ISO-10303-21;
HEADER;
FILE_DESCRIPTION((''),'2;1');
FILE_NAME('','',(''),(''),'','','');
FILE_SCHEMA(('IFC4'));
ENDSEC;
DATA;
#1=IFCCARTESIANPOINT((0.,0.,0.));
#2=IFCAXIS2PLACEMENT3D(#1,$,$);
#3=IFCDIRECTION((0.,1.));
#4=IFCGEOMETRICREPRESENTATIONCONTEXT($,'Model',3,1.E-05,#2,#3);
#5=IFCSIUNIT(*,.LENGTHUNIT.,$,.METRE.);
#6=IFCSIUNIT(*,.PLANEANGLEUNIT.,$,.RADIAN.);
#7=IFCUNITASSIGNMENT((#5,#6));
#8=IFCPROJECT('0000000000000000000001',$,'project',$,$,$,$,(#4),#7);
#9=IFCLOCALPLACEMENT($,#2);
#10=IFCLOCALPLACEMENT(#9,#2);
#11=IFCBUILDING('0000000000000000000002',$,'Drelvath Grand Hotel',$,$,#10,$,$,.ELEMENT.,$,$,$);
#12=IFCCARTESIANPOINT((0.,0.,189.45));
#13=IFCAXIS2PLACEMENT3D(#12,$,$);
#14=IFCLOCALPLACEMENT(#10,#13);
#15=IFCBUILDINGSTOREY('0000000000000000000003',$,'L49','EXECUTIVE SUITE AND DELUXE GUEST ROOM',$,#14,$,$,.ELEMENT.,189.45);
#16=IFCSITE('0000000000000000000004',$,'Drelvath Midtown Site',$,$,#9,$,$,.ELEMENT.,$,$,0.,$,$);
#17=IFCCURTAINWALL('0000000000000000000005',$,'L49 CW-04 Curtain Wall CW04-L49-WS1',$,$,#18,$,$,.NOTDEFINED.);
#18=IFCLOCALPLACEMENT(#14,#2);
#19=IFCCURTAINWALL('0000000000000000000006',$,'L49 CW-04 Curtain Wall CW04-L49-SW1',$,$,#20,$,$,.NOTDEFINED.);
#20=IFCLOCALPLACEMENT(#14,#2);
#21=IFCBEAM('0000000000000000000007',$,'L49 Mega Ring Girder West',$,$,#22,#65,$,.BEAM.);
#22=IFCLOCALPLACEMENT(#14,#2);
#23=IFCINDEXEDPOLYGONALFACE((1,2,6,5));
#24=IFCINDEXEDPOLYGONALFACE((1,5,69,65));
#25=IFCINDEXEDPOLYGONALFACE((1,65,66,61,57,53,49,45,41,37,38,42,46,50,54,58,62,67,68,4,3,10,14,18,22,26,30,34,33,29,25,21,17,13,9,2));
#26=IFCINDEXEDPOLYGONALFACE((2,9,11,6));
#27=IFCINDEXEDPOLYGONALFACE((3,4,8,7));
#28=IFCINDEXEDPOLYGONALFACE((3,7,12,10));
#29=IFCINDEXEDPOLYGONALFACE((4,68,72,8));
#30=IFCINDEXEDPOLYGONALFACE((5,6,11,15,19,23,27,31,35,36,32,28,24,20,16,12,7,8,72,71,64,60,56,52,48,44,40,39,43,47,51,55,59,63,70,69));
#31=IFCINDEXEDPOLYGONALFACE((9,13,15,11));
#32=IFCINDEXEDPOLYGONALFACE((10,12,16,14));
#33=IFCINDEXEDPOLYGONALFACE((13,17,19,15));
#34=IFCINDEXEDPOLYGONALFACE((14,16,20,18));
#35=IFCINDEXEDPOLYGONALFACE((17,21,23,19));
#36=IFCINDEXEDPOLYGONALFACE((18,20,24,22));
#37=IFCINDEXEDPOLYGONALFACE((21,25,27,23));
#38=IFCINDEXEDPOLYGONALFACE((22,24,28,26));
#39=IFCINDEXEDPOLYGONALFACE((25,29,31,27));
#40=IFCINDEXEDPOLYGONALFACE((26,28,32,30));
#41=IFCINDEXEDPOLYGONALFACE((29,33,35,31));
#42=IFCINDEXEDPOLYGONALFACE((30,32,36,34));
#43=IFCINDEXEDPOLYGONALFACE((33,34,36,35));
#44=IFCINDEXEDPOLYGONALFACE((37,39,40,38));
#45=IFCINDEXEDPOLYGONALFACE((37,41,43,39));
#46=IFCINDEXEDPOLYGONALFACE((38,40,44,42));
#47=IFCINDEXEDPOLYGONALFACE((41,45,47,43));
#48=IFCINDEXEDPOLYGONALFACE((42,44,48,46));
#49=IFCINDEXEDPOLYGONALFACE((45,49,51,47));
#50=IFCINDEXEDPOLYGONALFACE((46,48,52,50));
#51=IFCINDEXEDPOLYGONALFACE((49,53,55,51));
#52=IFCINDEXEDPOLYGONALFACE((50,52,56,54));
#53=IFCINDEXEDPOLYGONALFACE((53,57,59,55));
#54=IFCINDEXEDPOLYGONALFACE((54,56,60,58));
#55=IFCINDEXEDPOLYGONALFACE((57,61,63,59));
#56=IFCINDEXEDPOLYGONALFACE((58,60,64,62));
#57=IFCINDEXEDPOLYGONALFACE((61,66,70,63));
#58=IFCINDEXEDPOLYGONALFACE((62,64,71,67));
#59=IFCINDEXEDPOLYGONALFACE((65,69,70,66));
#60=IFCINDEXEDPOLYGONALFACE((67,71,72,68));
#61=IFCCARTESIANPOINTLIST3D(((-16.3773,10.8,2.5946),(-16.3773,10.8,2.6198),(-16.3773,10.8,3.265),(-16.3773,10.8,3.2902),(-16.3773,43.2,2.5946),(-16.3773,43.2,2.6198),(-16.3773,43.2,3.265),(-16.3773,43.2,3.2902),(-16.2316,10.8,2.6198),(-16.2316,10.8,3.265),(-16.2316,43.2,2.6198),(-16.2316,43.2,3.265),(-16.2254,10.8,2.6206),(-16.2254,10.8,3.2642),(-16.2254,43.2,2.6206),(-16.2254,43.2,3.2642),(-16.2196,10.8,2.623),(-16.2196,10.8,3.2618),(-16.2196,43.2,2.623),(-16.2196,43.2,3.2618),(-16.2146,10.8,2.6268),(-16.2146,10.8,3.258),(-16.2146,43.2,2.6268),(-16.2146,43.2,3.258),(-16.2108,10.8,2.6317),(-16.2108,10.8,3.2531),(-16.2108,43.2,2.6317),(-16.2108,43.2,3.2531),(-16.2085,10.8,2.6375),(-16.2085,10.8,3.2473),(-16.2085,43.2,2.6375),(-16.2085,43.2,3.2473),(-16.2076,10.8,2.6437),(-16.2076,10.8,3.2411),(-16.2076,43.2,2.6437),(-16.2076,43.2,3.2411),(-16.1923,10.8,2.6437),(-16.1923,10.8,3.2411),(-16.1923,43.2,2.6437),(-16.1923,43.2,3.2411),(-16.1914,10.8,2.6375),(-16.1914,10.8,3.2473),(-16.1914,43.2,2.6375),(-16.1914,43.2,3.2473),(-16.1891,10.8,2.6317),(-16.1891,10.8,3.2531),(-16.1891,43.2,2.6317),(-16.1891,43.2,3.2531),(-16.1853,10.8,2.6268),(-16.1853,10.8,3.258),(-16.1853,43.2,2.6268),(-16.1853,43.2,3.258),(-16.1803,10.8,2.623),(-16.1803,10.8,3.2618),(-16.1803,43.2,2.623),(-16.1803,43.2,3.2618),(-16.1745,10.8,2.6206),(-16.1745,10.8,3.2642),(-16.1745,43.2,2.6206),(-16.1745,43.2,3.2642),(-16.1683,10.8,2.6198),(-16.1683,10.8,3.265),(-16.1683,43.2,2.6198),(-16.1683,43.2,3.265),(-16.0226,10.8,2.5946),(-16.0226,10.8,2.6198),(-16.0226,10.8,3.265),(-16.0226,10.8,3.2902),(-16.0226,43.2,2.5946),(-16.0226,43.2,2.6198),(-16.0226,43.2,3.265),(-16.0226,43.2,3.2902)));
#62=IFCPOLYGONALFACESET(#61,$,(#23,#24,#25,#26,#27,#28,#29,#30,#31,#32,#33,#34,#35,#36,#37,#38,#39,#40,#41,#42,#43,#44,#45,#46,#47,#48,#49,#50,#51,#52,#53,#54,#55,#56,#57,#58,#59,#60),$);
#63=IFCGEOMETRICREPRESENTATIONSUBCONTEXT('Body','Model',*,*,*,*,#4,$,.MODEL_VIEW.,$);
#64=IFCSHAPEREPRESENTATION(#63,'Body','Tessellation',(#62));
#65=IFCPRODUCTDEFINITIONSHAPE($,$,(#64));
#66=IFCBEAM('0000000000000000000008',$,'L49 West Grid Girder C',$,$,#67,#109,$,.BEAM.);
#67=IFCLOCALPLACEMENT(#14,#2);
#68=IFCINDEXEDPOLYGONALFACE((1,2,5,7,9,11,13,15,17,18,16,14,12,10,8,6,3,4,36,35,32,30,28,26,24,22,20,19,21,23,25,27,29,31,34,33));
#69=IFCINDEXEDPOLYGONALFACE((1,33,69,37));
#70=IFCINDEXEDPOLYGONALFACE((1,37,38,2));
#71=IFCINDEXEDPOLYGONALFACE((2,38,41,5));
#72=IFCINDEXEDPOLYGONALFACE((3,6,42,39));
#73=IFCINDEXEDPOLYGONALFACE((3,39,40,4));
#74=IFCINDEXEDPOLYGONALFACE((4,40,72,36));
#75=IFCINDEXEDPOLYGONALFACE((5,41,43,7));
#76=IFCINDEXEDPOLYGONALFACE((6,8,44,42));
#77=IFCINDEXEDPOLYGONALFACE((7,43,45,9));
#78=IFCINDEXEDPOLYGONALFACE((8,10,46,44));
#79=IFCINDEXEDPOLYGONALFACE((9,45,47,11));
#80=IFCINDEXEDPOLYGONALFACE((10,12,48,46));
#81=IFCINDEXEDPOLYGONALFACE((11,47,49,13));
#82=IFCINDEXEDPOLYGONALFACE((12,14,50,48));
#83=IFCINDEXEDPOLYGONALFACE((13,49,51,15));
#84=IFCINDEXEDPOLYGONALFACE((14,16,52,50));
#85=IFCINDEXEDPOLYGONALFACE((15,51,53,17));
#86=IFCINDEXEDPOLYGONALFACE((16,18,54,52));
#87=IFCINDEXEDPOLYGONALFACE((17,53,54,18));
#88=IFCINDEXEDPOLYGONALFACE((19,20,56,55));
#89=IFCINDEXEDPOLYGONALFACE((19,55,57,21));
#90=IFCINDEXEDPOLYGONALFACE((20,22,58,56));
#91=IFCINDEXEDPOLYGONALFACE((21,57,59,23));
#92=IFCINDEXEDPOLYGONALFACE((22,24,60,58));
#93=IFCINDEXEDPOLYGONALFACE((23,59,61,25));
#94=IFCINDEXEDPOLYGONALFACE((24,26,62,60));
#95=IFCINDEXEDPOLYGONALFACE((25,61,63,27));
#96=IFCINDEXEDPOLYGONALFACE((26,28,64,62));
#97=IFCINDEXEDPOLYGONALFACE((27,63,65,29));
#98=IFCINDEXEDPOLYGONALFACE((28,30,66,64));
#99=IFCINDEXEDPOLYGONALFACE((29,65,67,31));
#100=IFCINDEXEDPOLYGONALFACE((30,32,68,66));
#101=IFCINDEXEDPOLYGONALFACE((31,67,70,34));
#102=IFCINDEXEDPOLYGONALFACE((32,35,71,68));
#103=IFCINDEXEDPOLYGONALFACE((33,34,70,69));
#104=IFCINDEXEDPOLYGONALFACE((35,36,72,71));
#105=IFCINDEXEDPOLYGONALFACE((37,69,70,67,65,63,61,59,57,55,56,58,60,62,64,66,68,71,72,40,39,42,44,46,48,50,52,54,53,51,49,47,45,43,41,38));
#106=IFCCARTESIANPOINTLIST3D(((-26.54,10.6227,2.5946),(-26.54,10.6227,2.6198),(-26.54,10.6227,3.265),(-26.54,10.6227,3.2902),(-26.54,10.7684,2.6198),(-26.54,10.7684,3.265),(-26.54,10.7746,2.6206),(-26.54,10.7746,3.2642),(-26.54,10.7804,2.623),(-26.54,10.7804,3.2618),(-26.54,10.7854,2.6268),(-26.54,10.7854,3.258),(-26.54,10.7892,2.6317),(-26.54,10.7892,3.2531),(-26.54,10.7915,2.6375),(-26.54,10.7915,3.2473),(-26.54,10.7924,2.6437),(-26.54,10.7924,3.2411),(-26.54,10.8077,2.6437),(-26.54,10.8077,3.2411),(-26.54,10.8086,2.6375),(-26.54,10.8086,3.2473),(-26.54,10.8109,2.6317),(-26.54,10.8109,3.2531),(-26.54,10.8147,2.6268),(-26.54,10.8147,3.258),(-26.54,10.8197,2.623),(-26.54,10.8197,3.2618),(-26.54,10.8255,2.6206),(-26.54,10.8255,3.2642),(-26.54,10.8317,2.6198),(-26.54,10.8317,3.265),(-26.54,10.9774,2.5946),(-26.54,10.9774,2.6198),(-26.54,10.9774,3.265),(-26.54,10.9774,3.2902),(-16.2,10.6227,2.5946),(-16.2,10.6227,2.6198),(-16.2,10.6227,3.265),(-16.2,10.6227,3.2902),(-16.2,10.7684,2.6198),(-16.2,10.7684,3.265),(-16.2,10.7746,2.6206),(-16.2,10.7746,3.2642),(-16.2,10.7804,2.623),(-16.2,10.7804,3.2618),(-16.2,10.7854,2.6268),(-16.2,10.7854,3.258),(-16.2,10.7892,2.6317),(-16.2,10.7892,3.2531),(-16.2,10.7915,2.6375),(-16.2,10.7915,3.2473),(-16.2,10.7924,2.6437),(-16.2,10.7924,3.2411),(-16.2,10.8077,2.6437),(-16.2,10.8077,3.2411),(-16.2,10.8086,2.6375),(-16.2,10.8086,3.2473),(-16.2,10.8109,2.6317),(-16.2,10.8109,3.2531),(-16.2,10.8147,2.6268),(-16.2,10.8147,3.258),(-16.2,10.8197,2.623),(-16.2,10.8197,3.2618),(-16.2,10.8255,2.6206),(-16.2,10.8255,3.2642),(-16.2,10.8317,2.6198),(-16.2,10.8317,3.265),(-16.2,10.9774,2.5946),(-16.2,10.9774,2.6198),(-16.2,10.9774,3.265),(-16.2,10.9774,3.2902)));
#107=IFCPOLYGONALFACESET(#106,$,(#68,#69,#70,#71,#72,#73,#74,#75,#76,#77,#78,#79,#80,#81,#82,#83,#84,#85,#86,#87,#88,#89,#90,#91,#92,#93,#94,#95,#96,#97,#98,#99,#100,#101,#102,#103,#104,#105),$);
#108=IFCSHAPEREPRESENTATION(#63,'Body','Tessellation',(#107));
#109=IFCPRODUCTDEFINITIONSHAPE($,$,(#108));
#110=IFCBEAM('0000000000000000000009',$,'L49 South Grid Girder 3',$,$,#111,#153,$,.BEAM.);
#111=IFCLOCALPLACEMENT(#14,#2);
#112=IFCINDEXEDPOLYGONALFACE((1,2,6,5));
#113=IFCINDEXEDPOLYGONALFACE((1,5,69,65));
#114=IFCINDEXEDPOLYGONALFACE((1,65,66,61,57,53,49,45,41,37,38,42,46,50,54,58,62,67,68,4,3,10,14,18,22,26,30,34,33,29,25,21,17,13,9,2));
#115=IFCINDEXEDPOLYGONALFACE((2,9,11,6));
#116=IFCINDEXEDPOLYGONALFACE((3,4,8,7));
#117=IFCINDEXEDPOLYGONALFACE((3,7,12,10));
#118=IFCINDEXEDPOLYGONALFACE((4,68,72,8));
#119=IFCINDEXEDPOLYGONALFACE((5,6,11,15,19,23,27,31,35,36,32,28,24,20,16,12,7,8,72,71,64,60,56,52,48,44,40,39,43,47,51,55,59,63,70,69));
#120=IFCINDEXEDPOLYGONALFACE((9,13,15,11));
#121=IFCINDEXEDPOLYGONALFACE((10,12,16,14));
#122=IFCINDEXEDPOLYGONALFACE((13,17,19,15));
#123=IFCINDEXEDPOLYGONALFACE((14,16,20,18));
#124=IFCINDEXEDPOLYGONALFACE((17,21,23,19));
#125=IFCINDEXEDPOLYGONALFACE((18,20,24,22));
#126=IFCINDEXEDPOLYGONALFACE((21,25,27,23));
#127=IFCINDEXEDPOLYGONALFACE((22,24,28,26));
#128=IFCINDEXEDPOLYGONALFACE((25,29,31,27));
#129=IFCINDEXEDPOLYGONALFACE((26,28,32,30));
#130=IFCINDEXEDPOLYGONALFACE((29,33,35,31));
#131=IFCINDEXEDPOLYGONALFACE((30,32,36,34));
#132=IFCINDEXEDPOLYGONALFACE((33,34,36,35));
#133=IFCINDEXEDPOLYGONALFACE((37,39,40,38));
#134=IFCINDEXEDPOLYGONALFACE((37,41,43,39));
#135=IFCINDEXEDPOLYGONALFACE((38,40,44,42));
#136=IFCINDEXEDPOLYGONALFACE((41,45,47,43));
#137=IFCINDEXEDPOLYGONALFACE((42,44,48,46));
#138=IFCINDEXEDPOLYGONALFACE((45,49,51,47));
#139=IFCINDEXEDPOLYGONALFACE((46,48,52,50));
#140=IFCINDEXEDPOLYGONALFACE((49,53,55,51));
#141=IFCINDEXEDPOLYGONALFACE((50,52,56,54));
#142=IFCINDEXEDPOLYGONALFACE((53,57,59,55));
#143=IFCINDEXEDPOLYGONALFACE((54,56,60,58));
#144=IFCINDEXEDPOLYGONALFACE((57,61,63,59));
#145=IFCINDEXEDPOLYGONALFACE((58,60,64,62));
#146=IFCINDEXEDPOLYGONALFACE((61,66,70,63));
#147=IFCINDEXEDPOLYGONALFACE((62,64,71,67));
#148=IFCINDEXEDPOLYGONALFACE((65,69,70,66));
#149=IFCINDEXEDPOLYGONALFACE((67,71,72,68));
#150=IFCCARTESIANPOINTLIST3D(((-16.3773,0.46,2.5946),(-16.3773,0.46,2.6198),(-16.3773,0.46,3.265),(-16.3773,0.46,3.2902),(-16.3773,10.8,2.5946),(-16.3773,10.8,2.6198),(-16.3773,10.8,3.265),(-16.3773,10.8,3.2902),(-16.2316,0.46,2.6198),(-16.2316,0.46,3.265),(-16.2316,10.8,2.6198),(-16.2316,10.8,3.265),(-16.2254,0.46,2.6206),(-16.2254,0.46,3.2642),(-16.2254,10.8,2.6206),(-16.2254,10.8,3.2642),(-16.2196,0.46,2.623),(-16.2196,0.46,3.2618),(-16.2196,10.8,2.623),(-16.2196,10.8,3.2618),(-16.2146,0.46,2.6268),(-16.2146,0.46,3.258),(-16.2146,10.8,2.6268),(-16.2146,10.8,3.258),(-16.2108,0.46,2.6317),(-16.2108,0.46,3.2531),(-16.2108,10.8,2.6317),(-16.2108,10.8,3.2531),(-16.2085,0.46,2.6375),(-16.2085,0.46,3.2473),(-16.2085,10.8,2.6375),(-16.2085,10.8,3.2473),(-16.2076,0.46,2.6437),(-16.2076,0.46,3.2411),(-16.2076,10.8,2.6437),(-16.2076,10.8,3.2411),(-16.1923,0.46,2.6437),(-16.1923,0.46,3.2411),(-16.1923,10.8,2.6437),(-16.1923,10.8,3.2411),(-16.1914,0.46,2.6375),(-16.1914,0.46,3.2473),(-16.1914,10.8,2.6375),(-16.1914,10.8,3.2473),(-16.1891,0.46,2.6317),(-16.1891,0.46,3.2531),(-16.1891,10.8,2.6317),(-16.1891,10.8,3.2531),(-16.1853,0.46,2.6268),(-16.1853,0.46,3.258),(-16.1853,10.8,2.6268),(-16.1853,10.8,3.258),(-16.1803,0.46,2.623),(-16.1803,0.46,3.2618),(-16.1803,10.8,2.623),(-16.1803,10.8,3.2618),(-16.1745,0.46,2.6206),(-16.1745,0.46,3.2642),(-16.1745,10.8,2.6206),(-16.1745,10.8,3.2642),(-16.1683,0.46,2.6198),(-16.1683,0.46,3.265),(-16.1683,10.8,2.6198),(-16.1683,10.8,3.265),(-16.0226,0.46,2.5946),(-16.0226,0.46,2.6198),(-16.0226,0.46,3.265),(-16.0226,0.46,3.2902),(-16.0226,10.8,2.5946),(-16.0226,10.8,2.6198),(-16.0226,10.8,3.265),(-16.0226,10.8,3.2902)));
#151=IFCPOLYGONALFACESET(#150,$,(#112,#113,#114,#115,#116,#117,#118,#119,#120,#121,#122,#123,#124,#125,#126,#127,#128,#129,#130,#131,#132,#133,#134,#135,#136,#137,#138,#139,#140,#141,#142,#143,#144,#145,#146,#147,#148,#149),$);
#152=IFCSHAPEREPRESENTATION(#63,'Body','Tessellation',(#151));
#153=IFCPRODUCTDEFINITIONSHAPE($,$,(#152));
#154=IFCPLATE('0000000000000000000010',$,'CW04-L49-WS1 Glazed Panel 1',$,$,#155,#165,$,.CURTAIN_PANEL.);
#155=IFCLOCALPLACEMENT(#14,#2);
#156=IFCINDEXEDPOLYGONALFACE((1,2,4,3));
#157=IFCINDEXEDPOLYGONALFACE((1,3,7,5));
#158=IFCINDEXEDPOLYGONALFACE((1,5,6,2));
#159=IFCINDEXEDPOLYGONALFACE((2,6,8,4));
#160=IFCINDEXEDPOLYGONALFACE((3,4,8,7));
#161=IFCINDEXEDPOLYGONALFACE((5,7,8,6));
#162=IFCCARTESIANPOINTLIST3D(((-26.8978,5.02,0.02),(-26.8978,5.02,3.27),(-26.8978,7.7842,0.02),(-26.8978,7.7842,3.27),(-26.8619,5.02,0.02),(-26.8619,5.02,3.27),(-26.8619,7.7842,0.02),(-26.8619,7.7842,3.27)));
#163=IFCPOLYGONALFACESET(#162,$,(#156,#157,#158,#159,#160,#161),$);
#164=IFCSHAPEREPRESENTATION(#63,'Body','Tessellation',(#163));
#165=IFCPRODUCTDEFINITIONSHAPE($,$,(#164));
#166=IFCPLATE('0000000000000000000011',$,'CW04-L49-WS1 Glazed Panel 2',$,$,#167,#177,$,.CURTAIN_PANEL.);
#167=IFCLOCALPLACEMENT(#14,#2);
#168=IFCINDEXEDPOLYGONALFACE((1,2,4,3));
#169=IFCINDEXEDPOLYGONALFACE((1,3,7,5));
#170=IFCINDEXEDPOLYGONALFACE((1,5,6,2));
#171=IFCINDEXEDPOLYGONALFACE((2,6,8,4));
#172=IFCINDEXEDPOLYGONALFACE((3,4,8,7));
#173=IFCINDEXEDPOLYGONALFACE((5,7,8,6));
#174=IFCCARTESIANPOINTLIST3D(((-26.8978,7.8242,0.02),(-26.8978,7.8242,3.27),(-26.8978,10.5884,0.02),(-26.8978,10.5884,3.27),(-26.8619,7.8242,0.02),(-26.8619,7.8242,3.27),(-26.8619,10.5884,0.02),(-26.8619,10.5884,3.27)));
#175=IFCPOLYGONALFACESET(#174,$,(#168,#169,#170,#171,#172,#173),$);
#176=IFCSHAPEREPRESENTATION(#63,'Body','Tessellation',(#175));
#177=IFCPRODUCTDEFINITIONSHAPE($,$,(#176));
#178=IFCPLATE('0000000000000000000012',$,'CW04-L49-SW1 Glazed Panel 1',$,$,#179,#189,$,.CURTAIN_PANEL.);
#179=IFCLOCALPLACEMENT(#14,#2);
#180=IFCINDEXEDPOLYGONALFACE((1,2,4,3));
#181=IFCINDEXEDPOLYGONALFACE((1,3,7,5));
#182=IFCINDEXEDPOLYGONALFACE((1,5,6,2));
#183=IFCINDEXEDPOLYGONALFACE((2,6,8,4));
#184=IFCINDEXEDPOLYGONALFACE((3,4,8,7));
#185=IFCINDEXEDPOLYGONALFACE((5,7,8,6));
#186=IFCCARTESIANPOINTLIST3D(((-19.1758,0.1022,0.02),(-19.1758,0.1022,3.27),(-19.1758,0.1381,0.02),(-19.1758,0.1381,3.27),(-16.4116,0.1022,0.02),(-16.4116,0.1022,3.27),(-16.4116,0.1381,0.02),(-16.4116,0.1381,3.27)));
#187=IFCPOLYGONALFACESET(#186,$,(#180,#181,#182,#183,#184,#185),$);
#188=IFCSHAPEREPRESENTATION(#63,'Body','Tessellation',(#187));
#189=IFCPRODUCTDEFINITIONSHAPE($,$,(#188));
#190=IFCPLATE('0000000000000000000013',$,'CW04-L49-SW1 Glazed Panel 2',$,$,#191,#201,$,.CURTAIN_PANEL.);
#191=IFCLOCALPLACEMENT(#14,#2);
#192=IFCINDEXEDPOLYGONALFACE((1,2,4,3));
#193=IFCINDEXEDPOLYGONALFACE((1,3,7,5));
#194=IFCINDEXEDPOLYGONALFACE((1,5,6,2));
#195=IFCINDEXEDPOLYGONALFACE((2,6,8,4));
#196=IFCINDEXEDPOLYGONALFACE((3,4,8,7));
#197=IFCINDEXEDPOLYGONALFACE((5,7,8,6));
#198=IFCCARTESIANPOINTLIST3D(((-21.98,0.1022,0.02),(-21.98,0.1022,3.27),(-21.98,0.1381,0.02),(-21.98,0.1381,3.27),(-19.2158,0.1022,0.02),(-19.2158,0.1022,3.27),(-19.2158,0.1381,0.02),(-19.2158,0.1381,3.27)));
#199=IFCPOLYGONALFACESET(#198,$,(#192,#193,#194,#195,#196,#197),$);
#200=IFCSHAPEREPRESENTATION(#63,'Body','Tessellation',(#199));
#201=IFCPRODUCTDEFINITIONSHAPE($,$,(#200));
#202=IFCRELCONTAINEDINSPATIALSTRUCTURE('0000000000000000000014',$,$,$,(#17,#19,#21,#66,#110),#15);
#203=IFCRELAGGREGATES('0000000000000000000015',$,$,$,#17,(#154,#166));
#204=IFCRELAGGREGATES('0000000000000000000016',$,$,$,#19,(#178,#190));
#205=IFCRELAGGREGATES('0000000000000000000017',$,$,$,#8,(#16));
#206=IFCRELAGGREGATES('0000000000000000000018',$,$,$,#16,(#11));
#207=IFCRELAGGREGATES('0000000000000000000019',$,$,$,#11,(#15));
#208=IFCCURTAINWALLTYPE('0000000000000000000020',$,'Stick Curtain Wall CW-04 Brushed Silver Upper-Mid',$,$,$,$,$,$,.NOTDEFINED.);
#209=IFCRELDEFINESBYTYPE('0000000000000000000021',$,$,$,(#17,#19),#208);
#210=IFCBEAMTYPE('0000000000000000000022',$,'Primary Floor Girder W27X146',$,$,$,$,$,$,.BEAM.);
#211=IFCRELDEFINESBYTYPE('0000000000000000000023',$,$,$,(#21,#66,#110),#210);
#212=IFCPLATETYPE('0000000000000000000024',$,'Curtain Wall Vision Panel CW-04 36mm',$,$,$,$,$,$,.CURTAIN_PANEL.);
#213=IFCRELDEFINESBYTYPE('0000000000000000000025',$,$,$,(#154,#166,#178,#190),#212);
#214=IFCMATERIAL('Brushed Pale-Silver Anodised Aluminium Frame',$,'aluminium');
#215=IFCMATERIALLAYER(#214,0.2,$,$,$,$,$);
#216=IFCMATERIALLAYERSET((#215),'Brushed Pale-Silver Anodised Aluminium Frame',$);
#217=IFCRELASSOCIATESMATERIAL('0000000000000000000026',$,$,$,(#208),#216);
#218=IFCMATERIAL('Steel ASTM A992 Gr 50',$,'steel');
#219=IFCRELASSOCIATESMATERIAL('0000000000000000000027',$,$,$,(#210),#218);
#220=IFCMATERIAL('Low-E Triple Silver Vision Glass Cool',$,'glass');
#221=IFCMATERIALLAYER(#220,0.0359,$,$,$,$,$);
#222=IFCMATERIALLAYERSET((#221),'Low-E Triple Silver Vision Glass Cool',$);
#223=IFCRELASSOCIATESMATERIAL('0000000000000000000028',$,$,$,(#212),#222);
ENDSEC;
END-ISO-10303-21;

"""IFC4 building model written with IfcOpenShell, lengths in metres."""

from ifc_helpers import new_model, si_unit, direction, frame, origin, origin_2d, place, context, subcontext, project, spatial, rectangle, i_section, extrude, material, layer, layer_set, material_profile, profile_set, type_object, element, aggregate, save


model = new_model("IFC4")

# Units and contexts
model_context = context("Model", 3, precision=1e-05, world=origin(), true_north=direction((0.0, 1.0)))
body_context = subcontext(model_context, "Body", "Model", "MODEL_VIEW")
ifc_project = project(units=[si_unit("LENGTHUNIT", "METRE"), si_unit("PLANEANGLEUNIT", "RADIAN")], contexts=[model_context])

# Site, building, storey
site_placement = place(None, origin())
site = spatial("IfcSite", under=ifc_project, at=site_placement, Name="Drelvath Midtown Site", CompositionType="ELEMENT", RefElevation=0.0)
building_placement = place(site_placement, origin())
building = spatial("IfcBuilding", under=site, at=building_placement, Name="Drelvath Grand Hotel", CompositionType="ELEMENT")
storey_placement = place(building_placement, frame((0.0, 0.0, 189.45)))
storey = spatial("IfcBuildingStorey", under=building, at=storey_placement, Name="L49", Description="EXECUTIVE SUITE AND DELUXE GUEST ROOM", CompositionType="ELEMENT", Elevation=189.45)

# Curtain walls
ifc_material_1 = material(Name="Brushed Pale-Silver Anodised Aluminium Frame", Category="aluminium")
ifc_layer_1 = layer(ifc_material_1, 0.2)
ifc_layer_set_1 = layer_set([ifc_layer_1], Name="Brushed Pale-Silver Anodised Aluminium Frame")
curtain_wall_type = type_object("IfcCurtainWallType", Name="Stick Curtain Wall CW-04 Brushed Silver Upper-Mid", PredefinedType="NOTDEFINED", material=ifc_layer_set_1)
curtain_wall_1_placement = place(storey_placement, origin())
curtain_wall_1 = element("IfcCurtainWall", 1, at=curtain_wall_1_placement, inside=storey, type_object=curtain_wall_type, Name="L49 CW-04 Curtain Wall CW04-L49-WS1", PredefinedType="NOTDEFINED")
curtain_wall_2_placement = place(storey_placement, origin())
curtain_wall_2 = element("IfcCurtainWall", 2, at=curtain_wall_2_placement, inside=storey, type_object=curtain_wall_type, Name="L49 CW-04 Curtain Wall CW04-L49-SW1", PredefinedType="NOTDEFINED")

# Beams
ifc_material_2 = material(Name="Steel ASTM A992 Gr 50", Category="steel")
ifc_material_profile_1 = material_profile(ifc_material_2, i_section(OverallWidth=0.3547, OverallDepth=0.6956, WebThickness=0.0154, FlangeThickness=0.0251, FilletRadius=0.0239, at=origin_2d()), Name="W27X146")
ifc_profile_set_1 = profile_set([ifc_material_profile_1], Name="Steel ASTM A992 Gr 50")
beam_type_1 = type_object("IfcBeamType", Name="Primary Floor Girder W27X146", PredefinedType="BEAM", material=ifc_profile_set_1)
for number, where, z_axis, x_axis, name in (
    (3, (-16.2, 10.8, 2.9424), (0.0, 1.0, 0.0), (-1.0, 0.0, 0.0), "L49 Mega Ring Girder West"),
):
    element("IfcBeam", number, at=place(storey_placement, frame(where, z_axis=z_axis, x_axis=x_axis)), inside=storey, type_object=beam_type_1, Name=name, PredefinedType="BEAM", context=body_context, shape_type="SweptSolid", body=[
        extrude(i_section(OverallWidth=0.3547, OverallDepth=0.6956, WebThickness=0.0154, FlangeThickness=0.0251, FilletRadius=0.0239, at=origin_2d()), origin(), (0.0, 0.0, 1.0), 32.3999),
    ])
for number, where, z_axis, x_axis, name in (
    (4, (-26.54, 10.8, 2.9424), (1.0, 0.0, 0.0), (0.0, 1.0, 0.0), "L49 West Grid Girder C"),
    (5, (-16.2, 0.46, 2.9424), (0.0, 1.0, 0.0), (-1.0, 0.0, 0.0), "L49 South Grid Girder 3"),
):
    element("IfcBeam", number, at=place(storey_placement, frame(where, z_axis=z_axis, x_axis=x_axis)), inside=storey, type_object=beam_type_1, Name=name, PredefinedType="BEAM", context=body_context, shape_type="SweptSolid", body=[
        extrude(i_section(OverallWidth=0.3547, OverallDepth=0.6956, WebThickness=0.0154, FlangeThickness=0.0251, FilletRadius=0.0239, at=origin_2d()), origin(), (0.0, 0.0, 1.0), 10.3401),
    ])

# Plates
ifc_material_3 = material(Name="Low-E Triple Silver Vision Glass Cool", Category="glass")
ifc_layer_2 = layer(ifc_material_3, 0.0359)
ifc_layer_set_2 = layer_set([ifc_layer_2], Name="Low-E Triple Silver Vision Glass Cool")
plate_type = type_object("IfcPlateType", Name="Curtain Wall Vision Panel CW-04 36mm", PredefinedType="CURTAIN_PANEL", material=ifc_layer_set_2)
plate_1_placement = place(storey_placement, frame((-26.8799, 6.4021, 0.02), z_axis=(0.0, 0.0, 1.0), x_axis=(0.0, 1.0, 0.0)))
plate_1 = element("IfcPlate", 6, at=plate_1_placement, type_object=plate_type, Name="CW04-L49-WS1 Glazed Panel 1", PredefinedType="CURTAIN_PANEL", context=body_context, shape_type="SweptSolid", body=[
    extrude(rectangle(XDim=2.7642, YDim=0.0359, at=origin_2d()), origin(), (0.0, 0.0, 1.0), 3.25),
])
plate_2_placement = place(storey_placement, frame((-26.8799, 9.2063, 0.02), z_axis=(0.0, 0.0, 1.0), x_axis=(0.0, 1.0, 0.0)))
plate_2 = element("IfcPlate", 7, at=plate_2_placement, type_object=plate_type, Name="CW04-L49-WS1 Glazed Panel 2", PredefinedType="CURTAIN_PANEL", context=body_context, shape_type="SweptSolid", body=[
    extrude(rectangle(XDim=2.7642, YDim=0.0359, at=origin_2d()), origin(), (0.0, 0.0, 1.0), 3.25),
])
aggregate(curtain_wall_1, [plate_1, plate_2])
plate_3_placement = place(storey_placement, frame((-17.7937, 0.1201, 0.02), z_axis=(0.0, 0.0, 1.0), x_axis=(-1.0, 0.0, 0.0)))
plate_3 = element("IfcPlate", 8, at=plate_3_placement, type_object=plate_type, Name="CW04-L49-SW1 Glazed Panel 1", PredefinedType="CURTAIN_PANEL", context=body_context, shape_type="SweptSolid", body=[
    extrude(rectangle(XDim=2.7642, YDim=0.0359, at=origin_2d()), origin(), (0.0, 0.0, 1.0), 3.25),
])
plate_4_placement = place(storey_placement, frame((-20.5979, 0.1201, 0.02), z_axis=(0.0, 0.0, 1.0), x_axis=(-1.0, 0.0, 0.0)))
plate_4 = element("IfcPlate", 9, at=plate_4_placement, type_object=plate_type, Name="CW04-L49-SW1 Glazed Panel 2", PredefinedType="CURTAIN_PANEL", context=body_context, shape_type="SweptSolid", body=[
    extrude(rectangle(XDim=2.7642, YDim=0.0359, at=origin_2d()), origin(), (0.0, 0.0, 1.0), 3.25),
])
aggregate(curtain_wall_2, [plate_3, plate_4])

save(model, "model.ifc")
